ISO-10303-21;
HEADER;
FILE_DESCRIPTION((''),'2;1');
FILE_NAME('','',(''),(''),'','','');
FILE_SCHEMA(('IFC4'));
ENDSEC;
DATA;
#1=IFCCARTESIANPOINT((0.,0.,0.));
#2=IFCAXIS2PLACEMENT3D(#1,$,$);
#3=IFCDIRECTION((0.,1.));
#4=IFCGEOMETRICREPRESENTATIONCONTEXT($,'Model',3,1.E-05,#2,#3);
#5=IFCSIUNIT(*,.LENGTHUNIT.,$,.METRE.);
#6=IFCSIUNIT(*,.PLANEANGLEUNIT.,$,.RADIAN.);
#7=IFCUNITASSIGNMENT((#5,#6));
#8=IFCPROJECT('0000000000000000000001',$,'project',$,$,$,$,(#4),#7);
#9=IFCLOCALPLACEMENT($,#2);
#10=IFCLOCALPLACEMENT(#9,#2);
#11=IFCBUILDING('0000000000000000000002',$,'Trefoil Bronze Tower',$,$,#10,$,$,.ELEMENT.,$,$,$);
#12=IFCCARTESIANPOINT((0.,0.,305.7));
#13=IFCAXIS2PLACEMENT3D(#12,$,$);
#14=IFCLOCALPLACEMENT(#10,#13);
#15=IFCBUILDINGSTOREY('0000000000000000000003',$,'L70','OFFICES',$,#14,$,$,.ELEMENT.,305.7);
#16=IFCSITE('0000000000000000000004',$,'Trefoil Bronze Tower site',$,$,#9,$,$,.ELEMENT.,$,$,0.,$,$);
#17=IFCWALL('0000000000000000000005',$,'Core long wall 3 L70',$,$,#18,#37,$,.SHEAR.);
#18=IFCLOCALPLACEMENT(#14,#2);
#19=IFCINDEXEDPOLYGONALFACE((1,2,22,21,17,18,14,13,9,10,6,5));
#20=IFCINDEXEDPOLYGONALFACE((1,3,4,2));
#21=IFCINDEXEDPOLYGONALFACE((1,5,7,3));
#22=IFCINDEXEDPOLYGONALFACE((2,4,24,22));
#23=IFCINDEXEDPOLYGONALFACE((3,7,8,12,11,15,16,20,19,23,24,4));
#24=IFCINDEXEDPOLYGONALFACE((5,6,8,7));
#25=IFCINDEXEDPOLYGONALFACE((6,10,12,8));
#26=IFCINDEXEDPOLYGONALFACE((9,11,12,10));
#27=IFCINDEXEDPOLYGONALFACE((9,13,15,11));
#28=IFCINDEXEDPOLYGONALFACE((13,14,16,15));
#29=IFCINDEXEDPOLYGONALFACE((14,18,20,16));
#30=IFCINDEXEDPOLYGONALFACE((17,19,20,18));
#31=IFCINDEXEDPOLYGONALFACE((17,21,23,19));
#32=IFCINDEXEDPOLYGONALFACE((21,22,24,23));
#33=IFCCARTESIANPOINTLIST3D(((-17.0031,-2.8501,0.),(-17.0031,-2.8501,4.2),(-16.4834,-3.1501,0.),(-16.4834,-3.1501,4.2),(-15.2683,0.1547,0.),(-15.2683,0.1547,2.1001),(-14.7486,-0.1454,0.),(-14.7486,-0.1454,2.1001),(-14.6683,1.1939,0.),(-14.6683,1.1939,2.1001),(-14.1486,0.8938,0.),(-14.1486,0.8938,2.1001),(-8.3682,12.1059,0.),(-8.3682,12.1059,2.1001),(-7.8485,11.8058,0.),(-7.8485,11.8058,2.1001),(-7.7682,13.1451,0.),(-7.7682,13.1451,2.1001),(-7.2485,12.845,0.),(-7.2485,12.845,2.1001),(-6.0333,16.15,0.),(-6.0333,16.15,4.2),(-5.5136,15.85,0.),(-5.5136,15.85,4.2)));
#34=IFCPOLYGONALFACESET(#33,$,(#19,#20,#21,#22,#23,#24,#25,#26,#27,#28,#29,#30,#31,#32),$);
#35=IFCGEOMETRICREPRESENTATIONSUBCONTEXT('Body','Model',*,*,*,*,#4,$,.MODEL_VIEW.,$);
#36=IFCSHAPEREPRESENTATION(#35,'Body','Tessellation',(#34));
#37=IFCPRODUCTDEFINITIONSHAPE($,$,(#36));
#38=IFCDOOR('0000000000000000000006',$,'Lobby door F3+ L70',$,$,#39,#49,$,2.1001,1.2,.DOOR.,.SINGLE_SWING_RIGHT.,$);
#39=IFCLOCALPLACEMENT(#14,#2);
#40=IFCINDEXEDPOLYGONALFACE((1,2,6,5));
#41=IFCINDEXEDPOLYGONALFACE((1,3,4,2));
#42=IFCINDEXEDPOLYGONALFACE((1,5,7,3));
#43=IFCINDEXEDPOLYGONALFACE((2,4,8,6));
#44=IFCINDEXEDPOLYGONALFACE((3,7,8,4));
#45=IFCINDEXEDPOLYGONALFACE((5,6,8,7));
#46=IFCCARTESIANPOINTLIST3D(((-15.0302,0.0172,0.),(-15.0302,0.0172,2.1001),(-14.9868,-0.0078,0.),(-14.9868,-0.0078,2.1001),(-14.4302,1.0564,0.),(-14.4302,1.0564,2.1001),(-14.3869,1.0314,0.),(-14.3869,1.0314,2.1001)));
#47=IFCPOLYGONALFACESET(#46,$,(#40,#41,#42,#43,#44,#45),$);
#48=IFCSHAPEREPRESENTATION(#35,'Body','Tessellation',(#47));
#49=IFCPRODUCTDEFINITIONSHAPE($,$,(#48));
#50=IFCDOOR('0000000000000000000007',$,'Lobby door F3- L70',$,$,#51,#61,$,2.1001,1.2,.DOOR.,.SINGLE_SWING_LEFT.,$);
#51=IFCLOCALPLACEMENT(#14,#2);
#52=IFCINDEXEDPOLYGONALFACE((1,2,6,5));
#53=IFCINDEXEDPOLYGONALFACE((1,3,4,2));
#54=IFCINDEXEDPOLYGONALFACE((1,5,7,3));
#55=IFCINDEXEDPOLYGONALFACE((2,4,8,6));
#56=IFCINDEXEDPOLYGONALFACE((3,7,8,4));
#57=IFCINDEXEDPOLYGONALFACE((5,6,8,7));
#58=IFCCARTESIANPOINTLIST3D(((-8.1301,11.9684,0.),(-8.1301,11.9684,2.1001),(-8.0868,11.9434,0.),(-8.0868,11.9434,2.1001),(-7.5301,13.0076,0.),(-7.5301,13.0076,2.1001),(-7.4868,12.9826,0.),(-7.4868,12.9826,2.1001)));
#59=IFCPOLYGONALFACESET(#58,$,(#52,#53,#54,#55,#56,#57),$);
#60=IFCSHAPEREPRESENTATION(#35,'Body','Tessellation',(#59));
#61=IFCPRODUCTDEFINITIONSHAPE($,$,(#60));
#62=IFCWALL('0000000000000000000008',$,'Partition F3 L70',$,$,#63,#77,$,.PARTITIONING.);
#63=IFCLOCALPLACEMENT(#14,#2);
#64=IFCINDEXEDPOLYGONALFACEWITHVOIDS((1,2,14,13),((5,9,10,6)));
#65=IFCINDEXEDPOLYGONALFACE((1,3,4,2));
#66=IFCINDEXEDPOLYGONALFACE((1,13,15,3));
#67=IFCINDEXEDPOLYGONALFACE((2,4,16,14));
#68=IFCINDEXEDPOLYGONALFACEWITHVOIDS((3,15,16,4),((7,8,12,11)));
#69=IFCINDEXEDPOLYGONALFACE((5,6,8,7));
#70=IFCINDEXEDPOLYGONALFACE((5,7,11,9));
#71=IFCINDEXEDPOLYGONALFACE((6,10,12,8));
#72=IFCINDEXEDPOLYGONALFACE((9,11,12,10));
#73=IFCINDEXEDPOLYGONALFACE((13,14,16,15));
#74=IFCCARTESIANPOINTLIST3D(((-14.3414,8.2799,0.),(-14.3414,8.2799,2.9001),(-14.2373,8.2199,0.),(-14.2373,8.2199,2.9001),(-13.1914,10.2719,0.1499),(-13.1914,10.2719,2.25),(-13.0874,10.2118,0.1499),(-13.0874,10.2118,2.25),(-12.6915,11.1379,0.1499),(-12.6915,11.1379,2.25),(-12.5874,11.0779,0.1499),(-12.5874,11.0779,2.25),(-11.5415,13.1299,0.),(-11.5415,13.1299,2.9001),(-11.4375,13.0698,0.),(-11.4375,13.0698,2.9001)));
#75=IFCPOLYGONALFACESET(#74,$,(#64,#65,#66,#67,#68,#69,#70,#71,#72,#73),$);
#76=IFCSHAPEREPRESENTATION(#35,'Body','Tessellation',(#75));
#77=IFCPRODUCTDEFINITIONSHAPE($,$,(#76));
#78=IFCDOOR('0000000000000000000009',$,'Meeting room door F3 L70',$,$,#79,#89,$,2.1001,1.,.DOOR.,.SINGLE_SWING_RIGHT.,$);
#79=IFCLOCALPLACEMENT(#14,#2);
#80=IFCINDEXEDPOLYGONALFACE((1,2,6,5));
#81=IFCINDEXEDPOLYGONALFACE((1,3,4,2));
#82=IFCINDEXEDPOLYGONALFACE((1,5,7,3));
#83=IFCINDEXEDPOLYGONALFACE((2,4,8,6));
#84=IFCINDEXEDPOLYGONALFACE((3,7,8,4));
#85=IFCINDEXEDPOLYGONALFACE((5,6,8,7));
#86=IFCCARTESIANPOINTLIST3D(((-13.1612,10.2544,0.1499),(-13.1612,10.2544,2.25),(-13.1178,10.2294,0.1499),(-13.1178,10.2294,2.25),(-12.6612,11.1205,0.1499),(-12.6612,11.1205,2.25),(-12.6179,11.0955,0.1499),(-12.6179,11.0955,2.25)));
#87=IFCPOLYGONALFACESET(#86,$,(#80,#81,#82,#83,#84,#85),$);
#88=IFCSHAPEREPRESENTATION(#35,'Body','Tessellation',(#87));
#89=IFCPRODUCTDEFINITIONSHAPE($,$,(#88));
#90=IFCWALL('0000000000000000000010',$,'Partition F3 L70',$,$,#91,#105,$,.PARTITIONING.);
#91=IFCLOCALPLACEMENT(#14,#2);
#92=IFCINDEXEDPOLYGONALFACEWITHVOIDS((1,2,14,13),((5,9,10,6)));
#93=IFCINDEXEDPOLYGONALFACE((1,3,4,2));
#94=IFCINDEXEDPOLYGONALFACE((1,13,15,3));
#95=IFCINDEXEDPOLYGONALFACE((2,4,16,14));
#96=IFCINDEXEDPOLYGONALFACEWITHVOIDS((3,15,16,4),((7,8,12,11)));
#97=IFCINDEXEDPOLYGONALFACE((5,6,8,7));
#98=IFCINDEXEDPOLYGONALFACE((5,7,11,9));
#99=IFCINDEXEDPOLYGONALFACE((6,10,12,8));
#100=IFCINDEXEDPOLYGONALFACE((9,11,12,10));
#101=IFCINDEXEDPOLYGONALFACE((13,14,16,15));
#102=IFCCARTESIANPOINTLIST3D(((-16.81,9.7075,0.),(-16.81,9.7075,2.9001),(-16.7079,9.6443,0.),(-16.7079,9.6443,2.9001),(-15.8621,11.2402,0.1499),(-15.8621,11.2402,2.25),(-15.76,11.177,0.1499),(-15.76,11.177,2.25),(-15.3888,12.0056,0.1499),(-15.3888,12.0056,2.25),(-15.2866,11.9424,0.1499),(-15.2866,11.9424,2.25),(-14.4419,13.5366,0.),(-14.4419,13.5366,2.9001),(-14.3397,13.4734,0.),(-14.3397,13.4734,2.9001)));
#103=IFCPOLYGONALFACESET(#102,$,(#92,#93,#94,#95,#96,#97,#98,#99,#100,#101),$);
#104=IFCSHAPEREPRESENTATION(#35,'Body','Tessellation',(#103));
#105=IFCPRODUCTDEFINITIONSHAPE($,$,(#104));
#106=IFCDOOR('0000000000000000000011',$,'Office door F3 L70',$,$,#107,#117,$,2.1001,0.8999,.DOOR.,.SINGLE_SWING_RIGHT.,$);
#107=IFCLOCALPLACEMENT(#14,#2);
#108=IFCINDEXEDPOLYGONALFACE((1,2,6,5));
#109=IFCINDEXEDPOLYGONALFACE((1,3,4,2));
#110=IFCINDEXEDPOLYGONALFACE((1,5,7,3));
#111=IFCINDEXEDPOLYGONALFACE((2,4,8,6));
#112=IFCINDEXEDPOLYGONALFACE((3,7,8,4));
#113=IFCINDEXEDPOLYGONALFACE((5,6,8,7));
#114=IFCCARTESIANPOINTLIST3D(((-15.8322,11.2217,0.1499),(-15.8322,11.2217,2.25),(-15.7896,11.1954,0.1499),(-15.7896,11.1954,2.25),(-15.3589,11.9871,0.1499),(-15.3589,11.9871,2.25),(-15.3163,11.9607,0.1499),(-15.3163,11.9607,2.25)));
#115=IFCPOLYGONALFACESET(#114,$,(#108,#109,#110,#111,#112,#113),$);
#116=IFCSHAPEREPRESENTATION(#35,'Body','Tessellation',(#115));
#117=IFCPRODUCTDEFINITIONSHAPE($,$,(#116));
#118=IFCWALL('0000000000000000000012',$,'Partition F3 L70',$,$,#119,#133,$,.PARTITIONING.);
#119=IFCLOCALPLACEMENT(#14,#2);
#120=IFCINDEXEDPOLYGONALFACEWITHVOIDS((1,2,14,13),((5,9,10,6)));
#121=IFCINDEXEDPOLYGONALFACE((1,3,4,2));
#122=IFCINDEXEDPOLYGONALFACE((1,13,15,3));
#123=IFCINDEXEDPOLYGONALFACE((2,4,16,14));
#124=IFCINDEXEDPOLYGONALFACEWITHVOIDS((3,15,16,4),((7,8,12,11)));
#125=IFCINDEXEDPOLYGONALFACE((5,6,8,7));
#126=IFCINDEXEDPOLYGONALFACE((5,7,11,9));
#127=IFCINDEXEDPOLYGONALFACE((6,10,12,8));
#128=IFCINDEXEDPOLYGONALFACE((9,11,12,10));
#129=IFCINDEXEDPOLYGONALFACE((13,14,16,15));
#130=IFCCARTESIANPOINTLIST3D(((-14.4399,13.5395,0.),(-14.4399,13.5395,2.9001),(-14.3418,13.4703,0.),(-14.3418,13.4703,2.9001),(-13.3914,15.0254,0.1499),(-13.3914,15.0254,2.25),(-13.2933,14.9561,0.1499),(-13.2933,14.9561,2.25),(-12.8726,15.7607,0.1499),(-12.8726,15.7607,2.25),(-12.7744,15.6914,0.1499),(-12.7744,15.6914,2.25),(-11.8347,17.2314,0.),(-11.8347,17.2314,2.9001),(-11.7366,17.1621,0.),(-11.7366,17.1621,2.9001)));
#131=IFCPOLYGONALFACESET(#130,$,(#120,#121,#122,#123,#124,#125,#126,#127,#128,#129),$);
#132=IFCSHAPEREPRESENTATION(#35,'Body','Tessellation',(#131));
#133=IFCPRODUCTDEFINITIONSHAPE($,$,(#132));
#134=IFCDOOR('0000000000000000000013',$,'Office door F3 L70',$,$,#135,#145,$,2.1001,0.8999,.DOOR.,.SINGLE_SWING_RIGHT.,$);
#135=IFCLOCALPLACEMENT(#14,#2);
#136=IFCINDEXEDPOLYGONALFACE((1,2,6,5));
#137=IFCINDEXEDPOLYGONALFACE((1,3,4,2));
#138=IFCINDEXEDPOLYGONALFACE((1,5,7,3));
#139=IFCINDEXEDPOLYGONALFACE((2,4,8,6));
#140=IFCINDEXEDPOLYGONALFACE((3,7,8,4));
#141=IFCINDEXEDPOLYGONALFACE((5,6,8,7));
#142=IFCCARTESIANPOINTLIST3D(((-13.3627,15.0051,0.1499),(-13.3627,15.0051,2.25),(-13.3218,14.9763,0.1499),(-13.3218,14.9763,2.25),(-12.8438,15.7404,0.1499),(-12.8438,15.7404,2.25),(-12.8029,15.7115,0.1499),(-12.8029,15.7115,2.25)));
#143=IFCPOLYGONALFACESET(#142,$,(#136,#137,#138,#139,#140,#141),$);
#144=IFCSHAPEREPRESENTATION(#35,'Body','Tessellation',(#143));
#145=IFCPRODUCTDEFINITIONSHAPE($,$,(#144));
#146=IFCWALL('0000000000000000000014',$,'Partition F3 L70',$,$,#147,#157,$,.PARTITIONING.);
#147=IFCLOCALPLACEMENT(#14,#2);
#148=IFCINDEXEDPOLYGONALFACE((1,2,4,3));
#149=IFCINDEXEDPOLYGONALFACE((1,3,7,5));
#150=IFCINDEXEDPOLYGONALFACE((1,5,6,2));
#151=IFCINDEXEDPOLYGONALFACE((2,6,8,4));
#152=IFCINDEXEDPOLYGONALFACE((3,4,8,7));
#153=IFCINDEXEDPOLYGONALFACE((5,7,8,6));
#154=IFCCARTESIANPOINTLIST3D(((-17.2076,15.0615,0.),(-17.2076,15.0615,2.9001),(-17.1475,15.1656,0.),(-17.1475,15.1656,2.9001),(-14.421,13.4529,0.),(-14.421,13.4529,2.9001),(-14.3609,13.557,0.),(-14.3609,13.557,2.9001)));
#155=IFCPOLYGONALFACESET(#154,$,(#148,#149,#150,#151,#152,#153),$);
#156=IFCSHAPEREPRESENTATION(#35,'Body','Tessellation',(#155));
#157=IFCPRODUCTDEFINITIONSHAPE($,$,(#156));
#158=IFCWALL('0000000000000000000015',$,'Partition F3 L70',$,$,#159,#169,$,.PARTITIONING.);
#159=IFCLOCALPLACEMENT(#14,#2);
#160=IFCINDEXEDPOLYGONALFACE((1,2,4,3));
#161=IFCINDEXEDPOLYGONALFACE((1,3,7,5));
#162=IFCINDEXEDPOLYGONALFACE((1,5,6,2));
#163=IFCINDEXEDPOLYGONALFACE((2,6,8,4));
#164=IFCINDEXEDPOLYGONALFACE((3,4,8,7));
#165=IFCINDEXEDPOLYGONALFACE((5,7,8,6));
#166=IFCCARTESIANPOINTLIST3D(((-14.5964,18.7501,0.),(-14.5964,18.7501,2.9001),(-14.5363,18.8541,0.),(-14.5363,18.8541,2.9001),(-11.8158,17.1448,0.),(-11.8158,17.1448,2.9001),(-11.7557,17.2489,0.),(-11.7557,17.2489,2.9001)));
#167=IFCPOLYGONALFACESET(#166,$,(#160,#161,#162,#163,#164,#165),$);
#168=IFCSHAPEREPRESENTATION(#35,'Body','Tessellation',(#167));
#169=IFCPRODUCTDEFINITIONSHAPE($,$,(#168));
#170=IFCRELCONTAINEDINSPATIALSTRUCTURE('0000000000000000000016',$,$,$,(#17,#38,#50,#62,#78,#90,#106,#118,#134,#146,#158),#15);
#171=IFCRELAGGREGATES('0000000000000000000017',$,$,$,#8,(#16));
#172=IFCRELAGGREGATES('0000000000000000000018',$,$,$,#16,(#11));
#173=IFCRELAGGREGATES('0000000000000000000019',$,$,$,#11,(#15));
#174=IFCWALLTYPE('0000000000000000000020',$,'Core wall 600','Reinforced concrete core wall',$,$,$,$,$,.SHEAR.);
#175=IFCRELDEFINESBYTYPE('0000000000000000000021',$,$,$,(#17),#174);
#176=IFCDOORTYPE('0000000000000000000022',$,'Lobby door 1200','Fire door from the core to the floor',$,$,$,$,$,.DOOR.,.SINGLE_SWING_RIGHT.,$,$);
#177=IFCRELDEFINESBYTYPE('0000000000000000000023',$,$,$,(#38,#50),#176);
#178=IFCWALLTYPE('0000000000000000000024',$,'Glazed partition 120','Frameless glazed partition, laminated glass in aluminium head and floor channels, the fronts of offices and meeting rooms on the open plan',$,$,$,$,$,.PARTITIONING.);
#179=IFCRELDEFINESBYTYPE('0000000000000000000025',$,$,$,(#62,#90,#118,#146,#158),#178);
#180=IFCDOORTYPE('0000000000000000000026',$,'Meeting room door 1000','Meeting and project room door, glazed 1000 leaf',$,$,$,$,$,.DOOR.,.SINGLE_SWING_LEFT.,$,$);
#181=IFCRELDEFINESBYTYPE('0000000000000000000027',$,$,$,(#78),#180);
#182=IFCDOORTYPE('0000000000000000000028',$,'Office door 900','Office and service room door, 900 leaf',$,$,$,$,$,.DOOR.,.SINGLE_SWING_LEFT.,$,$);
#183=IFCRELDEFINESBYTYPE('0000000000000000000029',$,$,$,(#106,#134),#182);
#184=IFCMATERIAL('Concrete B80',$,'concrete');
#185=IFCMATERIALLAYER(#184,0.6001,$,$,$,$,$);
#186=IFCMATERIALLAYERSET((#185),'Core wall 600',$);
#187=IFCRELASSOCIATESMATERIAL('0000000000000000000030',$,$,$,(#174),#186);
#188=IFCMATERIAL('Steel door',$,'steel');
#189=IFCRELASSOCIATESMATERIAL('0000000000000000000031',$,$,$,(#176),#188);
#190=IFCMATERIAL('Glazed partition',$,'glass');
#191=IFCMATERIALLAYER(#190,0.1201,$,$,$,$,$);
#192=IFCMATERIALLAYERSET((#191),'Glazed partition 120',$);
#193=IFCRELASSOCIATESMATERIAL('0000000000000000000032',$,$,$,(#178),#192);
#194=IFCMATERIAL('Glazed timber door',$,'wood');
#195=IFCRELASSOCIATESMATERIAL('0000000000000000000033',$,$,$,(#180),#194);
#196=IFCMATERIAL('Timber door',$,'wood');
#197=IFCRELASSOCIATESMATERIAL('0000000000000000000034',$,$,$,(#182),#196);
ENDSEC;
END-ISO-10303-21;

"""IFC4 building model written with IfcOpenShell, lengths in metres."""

from ifc_helpers import new_model, si_unit, direction, frame, frame_2d, origin, place, context, subcontext, project, spatial, rectangle, extrude, material, layer, layer_set, type_object, element, fill, save


model = new_model("IFC4")

# Units and contexts
model_context = context("Model", 3, precision=1e-05, world=origin(), true_north=direction((0.0, 1.0)))
body_context = subcontext(model_context, "Body", "Model", "MODEL_VIEW")
ifc_project = project(units=[si_unit("LENGTHUNIT", "METRE"), si_unit("PLANEANGLEUNIT", "RADIAN")], contexts=[model_context])

# Site, building, storey
site_placement = place(None, origin())
site = spatial("IfcSite", under=ifc_project, at=site_placement, Name="Trefoil Bronze Tower site", CompositionType="ELEMENT", RefElevation=0.0)
building_placement = place(site_placement, origin())
building = spatial("IfcBuilding", under=site, at=building_placement, Name="Trefoil Bronze Tower", CompositionType="ELEMENT")
storey_placement = place(building_placement, frame((0.0, 0.0, 305.7)))
storey = spatial("IfcBuildingStorey", under=building, at=storey_placement, Name="L70", Description="OFFICES", CompositionType="ELEMENT", Elevation=305.7)

# Wall, openings, doors
ifc_material_1 = material(Name="Concrete B80", Category="concrete")
ifc_layer_1 = layer(ifc_material_1, 0.6001)
ifc_layer_set_1 = layer_set([ifc_layer_1], Name="Core wall 600")
wall_type_1 = type_object("IfcWallType", Name="Core wall 600", Description="Reinforced concrete core wall", PredefinedType="SHEAR", material=ifc_layer_set_1)
wall_1_placement = place(storey_placement, frame((-5.7734, 16.0, 0.0), z_axis=(0.0, 0.0, 1.0), x_axis=(-0.500002, -0.866024, 0.0)))
wall_1 = element("IfcWall", 1, at=wall_1_placement, inside=storey, type_object=wall_type_1, Name="Core long wall 3 L70", PredefinedType="SHEAR", context=body_context, shape_type="SweptSolid", body=[
    extrude(rectangle(XDim=21.9395, YDim=0.6001, at=frame_2d((10.9697, 0.0))), origin(), (0.0, 0.0, 1.0), 4.2),
])
opening_1_placement = place(wall_1_placement, frame((17.2698, 0.0, 0.0)))
opening_1 = element("IfcOpeningElement", 2, at=opening_1_placement, cuts=wall_1, PredefinedType="OPENING", context=body_context, shape_type="SweptSolid", body=[
    extrude(rectangle(XDim=1.2, YDim=2.1001, at=frame_2d((0.6001, 1.05))), frame((0.0, 0.3101, 0.0), z_axis=(0.0, -1.0, 0.0), x_axis=(1.0, 0.0, 0.0)), (0.0, 0.0, 1.0), 0.6201),
])
opening_2_placement = place(wall_1_placement, frame((3.4697, 0.0, 0.0)))
opening_2 = element("IfcOpeningElement", 3, at=opening_2_placement, cuts=wall_1, PredefinedType="OPENING", context=body_context, shape_type="SweptSolid", body=[
    extrude(rectangle(XDim=1.2, YDim=2.1001, at=frame_2d((0.6001, 1.05))), frame((0.0, 0.3101, 0.0), z_axis=(0.0, -1.0, 0.0), x_axis=(1.0, 0.0, 0.0)), (0.0, 0.0, 1.0), 0.6201),
])
ifc_material_2 = material(Name="Steel door", Category="steel")
door_type_1 = type_object("IfcDoorType", Name="Lobby door 1200", Description="Fire door from the core to the floor", OperationType="SINGLE_SWING_RIGHT", PredefinedType="DOOR", material=ifc_material_2)
door_1_placement = place(opening_1_placement, origin())
door_1 = element("IfcDoor", 4, at=door_1_placement, inside=storey, type_object=door_type_1, Name="Lobby door F3+ L70", OperationType="SINGLE_SWING_RIGHT", OverallHeight=2.1001, OverallWidth=1.2, PredefinedType="DOOR", context=body_context, shape_type="SweptSolid", body=[
    extrude(rectangle(XDim=1.2, YDim=2.1001, at=frame_2d((0.6001, 1.05))), frame((0.0, 0.0249, 0.0), z_axis=(0.0, -1.0, 0.0), x_axis=(1.0, 0.0, 0.0)), (0.0, 0.0, 1.0), 0.05),
])
fill(opening_1, door_1)
door_2_placement = place(opening_2_placement, origin())
door_2 = element("IfcDoor", 5, at=door_2_placement, inside=storey, type_object=door_type_1, Name="Lobby door F3- L70", OperationType="SINGLE_SWING_LEFT", OverallHeight=2.1001, OverallWidth=1.2, PredefinedType="DOOR", context=body_context, shape_type="SweptSolid", body=[
    extrude(rectangle(XDim=1.2, YDim=2.1001, at=frame_2d((0.6001, 1.05))), frame((0.0, 0.0249, 0.0), z_axis=(0.0, -1.0, 0.0), x_axis=(1.0, 0.0, 0.0)), (0.0, 0.0, 1.0), 0.05),
])
fill(opening_2, door_2)

# Walls, openings, doors
ifc_material_3 = material(Name="Glazed partition", Category="glass")
ifc_layer_2 = layer(ifc_material_3, 0.1201)
ifc_layer_set_2 = layer_set([ifc_layer_2], Name="Glazed partition 120")
wall_type_2 = type_object("IfcWallType", Name="Glazed partition 120", Description="Frameless glazed partition, laminated glass in aluminium head and floor channels, the fronts of offices and meeting rooms on the open plan", PredefinedType="PARTITIONING", material=ifc_layer_set_2)
wall_2_placement = place(storey_placement, frame((-11.4895, 13.0999, 0.0), z_axis=(0.0, 0.0, 1.0), x_axis=(-0.499965, -0.866045, 0.0)))
wall_2 = element("IfcWall", 6, at=wall_2_placement, inside=storey, type_object=wall_type_2, Name="Partition F3 L70", PredefinedType="PARTITIONING", context=body_context, shape_type="SweptSolid", body=[
    extrude(rectangle(XDim=5.6001, YDim=0.1201, at=frame_2d((2.8, 0.0))), origin(), (0.0, 0.0, 1.0), 2.9001),
])
opening_3_placement = place(wall_2_placement, frame((2.3, 0.0, 0.1499)))
opening_3 = element("IfcOpeningElement", 7, at=opening_3_placement, cuts=wall_2, PredefinedType="OPENING", context=body_context, shape_type="SweptSolid", body=[
    extrude(rectangle(XDim=1.0, YDim=2.1001, at=frame_2d((0.5, 1.05))), frame((0.0, 0.0701, 0.0), z_axis=(0.0, -1.0, 0.0), x_axis=(1.0, 0.0, 0.0)), (0.0, 0.0, 1.0), 0.1401),
])
ifc_material_4 = material(Name="Glazed timber door", Category="wood")
door_type_2 = type_object("IfcDoorType", Name="Meeting room door 1000", Description="Meeting and project room door, glazed 1000 leaf", OperationType="SINGLE_SWING_LEFT", PredefinedType="DOOR", material=ifc_material_4)
door_3_placement = place(opening_3_placement, origin())
door_3 = element("IfcDoor", 8, at=door_3_placement, inside=storey, type_object=door_type_2, Name="Meeting room door F3 L70", OperationType="SINGLE_SWING_RIGHT", OverallHeight=2.1001, OverallWidth=1.0, PredefinedType="DOOR", context=body_context, shape_type="SweptSolid", body=[
    extrude(rectangle(XDim=1.0, YDim=2.1001, at=frame_2d((0.5, 1.05))), frame((0.0, 0.0249, 0.0), z_axis=(0.0, -1.0, 0.0), x_axis=(1.0, 0.0, 0.0)), (0.0, 0.0, 1.0), 0.05),
])
fill(opening_3, door_3)
wall_3_placement = place(storey_placement, frame((-14.3909, 13.5049, 0.0), z_axis=(0.0, 0.0, 1.0), x_axis=(-0.525996, -0.850487, 0.0)))
wall_3 = element("IfcWall", 9, at=wall_3_placement, inside=storey, type_object=wall_type_2, Name="Partition F3 L70", PredefinedType="PARTITIONING", context=body_context, shape_type="SweptSolid", body=[
    extrude(rectangle(XDim=4.5022, YDim=0.1201, at=frame_2d((2.251, 0.0))), origin(), (0.0, 0.0, 1.0), 2.9001),
])
opening_4_placement = place(wall_3_placement, frame((1.8, 0.0, 0.1499)))
opening_4 = element("IfcOpeningElement", 10, at=opening_4_placement, cuts=wall_3, PredefinedType="OPENING", context=body_context, shape_type="SweptSolid", body=[
    extrude(rectangle(XDim=0.8999, YDim=2.1001, at=frame_2d((0.45, 1.05))), frame((0.0, 0.0701, 0.0), z_axis=(0.0, -1.0, 0.0), x_axis=(1.0, 0.0, 0.0)), (0.0, 0.0, 1.0), 0.1401),
])
ifc_material_5 = material(Name="Timber door", Category="wood")
door_type_3 = type_object("IfcDoorType", Name="Office door 900", Description="Office and service room door, 900 leaf", OperationType="SINGLE_SWING_LEFT", PredefinedType="DOOR", material=ifc_material_5)
door_4_placement = place(opening_4_placement, frame((0.8999, 0.0, 0.0), z_axis=(0.0, 0.0, 1.0), x_axis=(-1.0, 0.0, 0.0)))
door_4 = element("IfcDoor", 11, at=door_4_placement, inside=storey, type_object=door_type_3, Name="Office door F3 L70", OperationType="SINGLE_SWING_RIGHT", OverallHeight=2.1001, OverallWidth=0.8999, PredefinedType="DOOR", context=body_context, shape_type="SweptSolid", body=[
    extrude(rectangle(XDim=0.8999, YDim=2.1001, at=frame_2d((0.45, 1.05))), frame((0.0, 0.0249, 0.0), z_axis=(0.0, -1.0, 0.0), x_axis=(1.0, 0.0, 0.0)), (0.0, 0.0, 1.0), 0.05),
])
fill(opening_4, door_4)
wall_4_placement = place(storey_placement, frame((-11.7856, 17.1968, 0.0), z_axis=(0.0, 0.0, 1.0), x_axis=(-0.576562, -0.817053, 0.0)))
wall_4 = element("IfcWall", 12, at=wall_4_placement, inside=storey, type_object=wall_type_2, Name="Partition F3 L70", PredefinedType="PARTITIONING", context=body_context, shape_type="SweptSolid", body=[
    extrude(rectangle(XDim=4.5186, YDim=0.1201, at=frame_2d((2.2593, 0.0))), origin(), (0.0, 0.0, 1.0), 2.9001),
])
opening_5_placement = place(wall_4_placement, frame((1.8, 0.0, 0.1499)))
opening_5 = element("IfcOpeningElement", 13, at=opening_5_placement, cuts=wall_4, PredefinedType="OPENING", context=body_context, shape_type="SweptSolid", body=[
    extrude(rectangle(XDim=0.8999, YDim=2.1001, at=frame_2d((0.45, 1.05))), frame((0.0, 0.0701, 0.0), z_axis=(0.0, -1.0, 0.0), x_axis=(1.0, 0.0, 0.0)), (0.0, 0.0, 1.0), 0.1401),
])
door_5_placement = place(opening_5_placement, frame((0.8999, 0.0, 0.0), z_axis=(0.0, 0.0, 1.0), x_axis=(-1.0, 0.0, 0.0)))
door_5 = element("IfcDoor", 14, at=door_5_placement, inside=storey, type_object=door_type_3, Name="Office door F3 L70", OperationType="SINGLE_SWING_RIGHT", OverallHeight=2.1001, OverallWidth=0.8999, PredefinedType="DOOR", context=body_context, shape_type="SweptSolid", body=[
    extrude(rectangle(XDim=0.8999, YDim=2.1001, at=frame_2d((0.45, 1.05))), frame((0.0, 0.0249, 0.0), z_axis=(0.0, -1.0, 0.0), x_axis=(1.0, 0.0, 0.0)), (0.0, 0.0, 1.0), 0.05),
])
fill(opening_5, door_5)

# Walls
wall_5_placement = place(storey_placement, frame((-14.3909, 13.5049, 0.0), z_axis=(0.0, 0.0, 1.0), x_axis=(-0.866054, 0.49995, 0.0)))
element("IfcWall", 15, at=wall_5_placement, inside=storey, type_object=wall_type_2, Name="Partition F3 L70", PredefinedType="PARTITIONING", context=body_context, shape_type="SweptSolid", body=[
    extrude(rectangle(XDim=3.2175, YDim=0.1201, at=frame_2d((1.6089, 0.0))), origin(), (0.0, 0.0, 1.0), 2.9001),
])
wall_6_placement = place(storey_placement, frame((-11.7856, 17.1968, 0.0), z_axis=(0.0, 0.0, 1.0), x_axis=(-0.86604, 0.499975, 0.0)))
element("IfcWall", 16, at=wall_6_placement, inside=storey, type_object=wall_type_2, Name="Partition F3 L70", PredefinedType="PARTITIONING", context=body_context, shape_type="SweptSolid", body=[
    extrude(rectangle(XDim=3.2107, YDim=0.1201, at=frame_2d((1.6055, 0.0))), origin(), (0.0, 0.0, 1.0), 2.9001),
])

save(model, "model.ifc")
